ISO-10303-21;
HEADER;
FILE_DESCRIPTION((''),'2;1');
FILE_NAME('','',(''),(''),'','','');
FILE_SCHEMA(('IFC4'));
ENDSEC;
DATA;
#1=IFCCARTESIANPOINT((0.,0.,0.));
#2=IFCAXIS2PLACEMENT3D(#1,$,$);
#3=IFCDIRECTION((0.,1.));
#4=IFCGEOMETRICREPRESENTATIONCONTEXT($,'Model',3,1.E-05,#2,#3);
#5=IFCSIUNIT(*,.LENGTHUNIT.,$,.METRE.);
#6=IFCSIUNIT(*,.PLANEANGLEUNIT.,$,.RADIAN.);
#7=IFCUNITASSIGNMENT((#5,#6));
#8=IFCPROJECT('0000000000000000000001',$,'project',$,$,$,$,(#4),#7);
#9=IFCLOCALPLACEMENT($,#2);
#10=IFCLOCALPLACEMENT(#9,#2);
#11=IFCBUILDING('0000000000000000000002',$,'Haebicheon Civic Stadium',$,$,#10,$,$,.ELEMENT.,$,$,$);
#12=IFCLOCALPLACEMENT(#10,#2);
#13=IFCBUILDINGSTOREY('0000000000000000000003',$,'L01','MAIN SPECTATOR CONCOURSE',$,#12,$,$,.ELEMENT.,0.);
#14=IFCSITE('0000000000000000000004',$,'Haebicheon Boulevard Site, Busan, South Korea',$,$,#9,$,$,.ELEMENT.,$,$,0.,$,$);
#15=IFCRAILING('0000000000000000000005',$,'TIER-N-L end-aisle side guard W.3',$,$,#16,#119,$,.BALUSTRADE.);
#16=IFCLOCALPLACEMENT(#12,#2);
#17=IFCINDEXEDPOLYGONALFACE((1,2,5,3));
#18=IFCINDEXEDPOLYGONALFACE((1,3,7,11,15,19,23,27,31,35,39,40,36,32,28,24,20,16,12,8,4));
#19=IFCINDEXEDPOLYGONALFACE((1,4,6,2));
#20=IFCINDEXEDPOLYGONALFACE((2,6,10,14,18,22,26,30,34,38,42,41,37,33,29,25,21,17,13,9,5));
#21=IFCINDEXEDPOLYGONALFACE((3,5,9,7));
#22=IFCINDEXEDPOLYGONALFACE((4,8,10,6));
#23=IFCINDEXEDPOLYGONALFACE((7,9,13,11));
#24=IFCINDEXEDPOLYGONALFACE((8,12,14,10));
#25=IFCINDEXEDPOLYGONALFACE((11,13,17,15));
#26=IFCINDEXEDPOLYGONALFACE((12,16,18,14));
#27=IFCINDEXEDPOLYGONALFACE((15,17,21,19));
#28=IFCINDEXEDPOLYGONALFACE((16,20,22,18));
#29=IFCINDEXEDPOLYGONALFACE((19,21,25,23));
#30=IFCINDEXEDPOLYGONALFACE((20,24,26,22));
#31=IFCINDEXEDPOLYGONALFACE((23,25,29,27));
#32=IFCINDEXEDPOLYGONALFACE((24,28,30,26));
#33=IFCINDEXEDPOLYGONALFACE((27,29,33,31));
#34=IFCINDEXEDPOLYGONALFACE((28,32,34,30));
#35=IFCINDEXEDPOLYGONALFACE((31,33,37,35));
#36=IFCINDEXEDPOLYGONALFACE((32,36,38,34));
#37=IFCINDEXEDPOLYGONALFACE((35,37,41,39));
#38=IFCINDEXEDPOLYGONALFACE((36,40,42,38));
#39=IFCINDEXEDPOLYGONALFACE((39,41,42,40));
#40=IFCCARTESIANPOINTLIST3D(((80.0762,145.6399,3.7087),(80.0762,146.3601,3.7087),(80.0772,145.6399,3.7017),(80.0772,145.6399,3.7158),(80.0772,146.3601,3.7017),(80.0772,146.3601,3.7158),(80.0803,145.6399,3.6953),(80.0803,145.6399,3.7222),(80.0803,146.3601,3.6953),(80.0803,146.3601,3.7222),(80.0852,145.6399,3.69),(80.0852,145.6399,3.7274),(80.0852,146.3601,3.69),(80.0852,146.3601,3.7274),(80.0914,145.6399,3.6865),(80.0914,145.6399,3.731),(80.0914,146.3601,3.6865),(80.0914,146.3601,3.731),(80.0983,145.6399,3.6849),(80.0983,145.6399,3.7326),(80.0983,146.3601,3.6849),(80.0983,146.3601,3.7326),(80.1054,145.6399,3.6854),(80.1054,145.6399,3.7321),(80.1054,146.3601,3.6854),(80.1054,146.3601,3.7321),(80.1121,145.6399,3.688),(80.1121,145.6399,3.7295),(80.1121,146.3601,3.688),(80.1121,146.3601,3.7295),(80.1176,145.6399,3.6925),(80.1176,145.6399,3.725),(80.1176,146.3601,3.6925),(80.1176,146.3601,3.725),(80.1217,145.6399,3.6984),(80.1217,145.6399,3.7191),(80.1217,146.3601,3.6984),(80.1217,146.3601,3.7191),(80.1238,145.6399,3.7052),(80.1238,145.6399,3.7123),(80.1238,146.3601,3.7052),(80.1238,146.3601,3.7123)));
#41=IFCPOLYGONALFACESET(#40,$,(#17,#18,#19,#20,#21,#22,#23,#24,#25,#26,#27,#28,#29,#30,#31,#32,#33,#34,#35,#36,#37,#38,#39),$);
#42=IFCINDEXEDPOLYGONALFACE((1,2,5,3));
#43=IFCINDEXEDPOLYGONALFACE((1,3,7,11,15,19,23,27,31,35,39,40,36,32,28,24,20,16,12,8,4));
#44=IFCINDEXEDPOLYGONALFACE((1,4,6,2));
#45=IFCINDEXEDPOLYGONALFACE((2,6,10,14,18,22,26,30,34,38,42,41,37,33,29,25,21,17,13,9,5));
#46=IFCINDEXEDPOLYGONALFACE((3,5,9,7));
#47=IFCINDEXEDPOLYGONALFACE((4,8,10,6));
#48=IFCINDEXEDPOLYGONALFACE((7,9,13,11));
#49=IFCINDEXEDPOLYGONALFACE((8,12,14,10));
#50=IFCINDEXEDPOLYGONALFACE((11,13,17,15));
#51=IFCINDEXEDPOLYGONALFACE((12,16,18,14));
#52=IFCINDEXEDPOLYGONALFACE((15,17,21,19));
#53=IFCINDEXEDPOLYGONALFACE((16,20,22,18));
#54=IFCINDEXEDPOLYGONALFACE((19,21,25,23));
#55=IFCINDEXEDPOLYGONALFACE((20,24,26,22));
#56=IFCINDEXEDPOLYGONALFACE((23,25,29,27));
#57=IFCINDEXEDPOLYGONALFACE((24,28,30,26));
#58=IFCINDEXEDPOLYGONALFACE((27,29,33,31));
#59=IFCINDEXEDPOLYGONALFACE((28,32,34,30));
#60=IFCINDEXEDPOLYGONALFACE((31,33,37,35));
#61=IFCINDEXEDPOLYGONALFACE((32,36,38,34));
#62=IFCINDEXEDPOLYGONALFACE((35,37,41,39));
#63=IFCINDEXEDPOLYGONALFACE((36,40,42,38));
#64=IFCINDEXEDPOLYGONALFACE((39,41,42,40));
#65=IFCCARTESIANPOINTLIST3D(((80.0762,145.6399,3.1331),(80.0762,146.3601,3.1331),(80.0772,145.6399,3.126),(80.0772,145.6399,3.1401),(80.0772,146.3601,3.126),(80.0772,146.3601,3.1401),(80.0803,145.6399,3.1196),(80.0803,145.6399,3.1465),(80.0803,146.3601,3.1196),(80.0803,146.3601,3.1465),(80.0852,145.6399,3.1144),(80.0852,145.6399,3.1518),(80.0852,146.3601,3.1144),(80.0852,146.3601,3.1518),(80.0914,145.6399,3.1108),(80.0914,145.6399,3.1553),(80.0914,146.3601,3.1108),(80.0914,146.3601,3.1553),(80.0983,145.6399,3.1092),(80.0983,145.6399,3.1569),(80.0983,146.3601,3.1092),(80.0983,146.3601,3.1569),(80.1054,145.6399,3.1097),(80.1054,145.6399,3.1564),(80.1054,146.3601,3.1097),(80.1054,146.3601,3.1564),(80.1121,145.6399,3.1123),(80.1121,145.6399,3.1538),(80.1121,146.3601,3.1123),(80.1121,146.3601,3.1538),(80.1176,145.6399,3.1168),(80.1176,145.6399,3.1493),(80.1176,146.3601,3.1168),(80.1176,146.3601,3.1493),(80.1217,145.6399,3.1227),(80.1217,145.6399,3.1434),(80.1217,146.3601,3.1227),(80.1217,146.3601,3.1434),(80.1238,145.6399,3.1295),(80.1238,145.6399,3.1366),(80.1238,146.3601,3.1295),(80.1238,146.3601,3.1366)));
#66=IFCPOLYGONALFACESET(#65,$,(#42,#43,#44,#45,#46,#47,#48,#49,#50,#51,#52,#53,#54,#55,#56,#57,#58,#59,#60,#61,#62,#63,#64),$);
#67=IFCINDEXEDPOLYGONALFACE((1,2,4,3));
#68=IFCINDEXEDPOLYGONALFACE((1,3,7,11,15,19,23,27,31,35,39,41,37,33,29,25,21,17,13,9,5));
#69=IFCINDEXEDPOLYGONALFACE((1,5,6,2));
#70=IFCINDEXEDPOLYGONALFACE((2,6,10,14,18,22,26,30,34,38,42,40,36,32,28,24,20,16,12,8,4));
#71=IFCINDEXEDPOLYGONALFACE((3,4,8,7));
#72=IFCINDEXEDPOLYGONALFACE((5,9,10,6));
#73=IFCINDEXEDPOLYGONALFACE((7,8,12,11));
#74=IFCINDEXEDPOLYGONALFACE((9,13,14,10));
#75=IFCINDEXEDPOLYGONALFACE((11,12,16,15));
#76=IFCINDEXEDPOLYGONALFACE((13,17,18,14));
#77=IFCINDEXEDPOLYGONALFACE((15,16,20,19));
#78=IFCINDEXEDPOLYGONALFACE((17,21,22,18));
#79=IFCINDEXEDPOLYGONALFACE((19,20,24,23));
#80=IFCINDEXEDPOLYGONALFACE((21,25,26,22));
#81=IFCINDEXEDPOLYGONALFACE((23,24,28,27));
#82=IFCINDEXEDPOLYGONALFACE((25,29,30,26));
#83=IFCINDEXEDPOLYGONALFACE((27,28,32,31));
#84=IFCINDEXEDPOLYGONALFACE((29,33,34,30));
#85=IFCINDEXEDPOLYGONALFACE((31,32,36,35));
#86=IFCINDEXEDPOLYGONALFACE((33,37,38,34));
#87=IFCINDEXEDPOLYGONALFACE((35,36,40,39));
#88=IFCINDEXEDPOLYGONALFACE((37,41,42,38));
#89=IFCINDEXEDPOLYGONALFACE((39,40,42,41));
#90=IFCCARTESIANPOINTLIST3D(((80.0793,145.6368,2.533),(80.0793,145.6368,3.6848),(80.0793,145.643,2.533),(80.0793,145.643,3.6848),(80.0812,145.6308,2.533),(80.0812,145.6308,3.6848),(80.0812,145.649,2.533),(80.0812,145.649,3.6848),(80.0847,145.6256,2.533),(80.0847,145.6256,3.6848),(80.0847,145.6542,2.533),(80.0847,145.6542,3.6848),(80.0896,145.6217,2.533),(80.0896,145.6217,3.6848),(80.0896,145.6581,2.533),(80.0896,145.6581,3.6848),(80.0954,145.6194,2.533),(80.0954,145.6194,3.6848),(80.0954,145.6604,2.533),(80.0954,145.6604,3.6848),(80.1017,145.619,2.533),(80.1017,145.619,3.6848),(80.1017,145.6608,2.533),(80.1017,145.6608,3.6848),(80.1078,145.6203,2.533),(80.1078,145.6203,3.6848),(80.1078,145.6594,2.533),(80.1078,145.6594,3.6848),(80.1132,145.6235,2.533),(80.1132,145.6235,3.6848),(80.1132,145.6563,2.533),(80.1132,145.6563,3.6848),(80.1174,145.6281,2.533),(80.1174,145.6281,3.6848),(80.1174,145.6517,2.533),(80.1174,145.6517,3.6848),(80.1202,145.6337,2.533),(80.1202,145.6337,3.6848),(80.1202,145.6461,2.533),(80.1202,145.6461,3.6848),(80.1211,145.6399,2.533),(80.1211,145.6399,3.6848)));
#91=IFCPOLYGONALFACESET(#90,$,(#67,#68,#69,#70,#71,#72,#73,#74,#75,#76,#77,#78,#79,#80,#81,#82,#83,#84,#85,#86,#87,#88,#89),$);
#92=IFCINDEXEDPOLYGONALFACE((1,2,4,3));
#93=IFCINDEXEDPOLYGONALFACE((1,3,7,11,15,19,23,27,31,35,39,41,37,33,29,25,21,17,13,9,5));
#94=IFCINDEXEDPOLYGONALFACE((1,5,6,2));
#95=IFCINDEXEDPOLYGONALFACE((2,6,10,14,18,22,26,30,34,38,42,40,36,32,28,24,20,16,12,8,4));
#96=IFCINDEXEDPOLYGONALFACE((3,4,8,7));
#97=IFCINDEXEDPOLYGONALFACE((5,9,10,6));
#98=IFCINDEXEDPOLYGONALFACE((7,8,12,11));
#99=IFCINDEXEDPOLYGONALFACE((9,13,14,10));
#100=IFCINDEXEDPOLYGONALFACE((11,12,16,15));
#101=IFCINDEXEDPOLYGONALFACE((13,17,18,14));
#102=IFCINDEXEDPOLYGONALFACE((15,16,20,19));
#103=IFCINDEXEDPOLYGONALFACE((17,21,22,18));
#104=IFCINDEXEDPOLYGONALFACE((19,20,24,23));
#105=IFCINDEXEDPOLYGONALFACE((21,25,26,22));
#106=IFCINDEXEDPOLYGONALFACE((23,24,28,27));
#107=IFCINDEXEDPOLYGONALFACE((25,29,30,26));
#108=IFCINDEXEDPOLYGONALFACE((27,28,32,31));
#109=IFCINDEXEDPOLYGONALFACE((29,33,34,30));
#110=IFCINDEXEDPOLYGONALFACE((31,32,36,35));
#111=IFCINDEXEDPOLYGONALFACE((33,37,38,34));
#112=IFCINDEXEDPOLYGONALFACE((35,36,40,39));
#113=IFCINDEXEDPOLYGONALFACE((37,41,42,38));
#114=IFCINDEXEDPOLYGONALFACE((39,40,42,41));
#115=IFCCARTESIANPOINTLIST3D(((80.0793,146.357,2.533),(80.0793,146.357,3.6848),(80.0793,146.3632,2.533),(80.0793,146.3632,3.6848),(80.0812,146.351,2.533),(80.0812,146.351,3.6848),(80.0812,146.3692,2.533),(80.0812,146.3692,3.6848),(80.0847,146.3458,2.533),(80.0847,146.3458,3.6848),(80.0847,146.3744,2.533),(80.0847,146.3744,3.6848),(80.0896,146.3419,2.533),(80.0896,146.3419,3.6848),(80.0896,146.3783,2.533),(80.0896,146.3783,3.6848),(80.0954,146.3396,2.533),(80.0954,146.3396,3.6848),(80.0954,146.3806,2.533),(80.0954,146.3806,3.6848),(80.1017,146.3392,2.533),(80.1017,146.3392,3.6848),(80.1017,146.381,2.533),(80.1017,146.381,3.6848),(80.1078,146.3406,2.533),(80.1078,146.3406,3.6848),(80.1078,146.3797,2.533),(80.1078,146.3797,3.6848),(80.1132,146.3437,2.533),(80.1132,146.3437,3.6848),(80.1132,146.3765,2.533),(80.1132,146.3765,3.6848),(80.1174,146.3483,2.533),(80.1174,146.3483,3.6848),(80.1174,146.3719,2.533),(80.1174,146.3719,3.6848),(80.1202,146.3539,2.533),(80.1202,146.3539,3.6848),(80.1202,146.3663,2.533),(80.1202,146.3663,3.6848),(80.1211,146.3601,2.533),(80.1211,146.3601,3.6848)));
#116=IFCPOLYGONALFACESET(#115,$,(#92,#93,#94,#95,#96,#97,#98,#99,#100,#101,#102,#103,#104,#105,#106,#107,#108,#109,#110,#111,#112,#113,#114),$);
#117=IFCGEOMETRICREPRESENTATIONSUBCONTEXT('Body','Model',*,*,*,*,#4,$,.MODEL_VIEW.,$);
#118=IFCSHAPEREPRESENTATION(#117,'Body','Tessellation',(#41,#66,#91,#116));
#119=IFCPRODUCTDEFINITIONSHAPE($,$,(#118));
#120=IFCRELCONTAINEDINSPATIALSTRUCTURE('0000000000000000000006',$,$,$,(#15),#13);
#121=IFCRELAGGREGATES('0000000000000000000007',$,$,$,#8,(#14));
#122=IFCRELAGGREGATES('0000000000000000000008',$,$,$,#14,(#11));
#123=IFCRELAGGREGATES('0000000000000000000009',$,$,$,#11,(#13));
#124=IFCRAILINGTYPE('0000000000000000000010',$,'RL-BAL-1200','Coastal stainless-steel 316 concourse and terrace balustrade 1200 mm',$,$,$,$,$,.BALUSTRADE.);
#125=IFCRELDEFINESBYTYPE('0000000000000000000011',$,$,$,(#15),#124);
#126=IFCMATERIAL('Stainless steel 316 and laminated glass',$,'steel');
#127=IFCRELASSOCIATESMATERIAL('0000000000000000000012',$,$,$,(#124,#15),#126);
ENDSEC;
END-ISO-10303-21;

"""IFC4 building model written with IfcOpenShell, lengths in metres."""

from ifc_helpers import new_model, si_unit, direction, frame, origin, origin_2d, place, context, subcontext, project, spatial, circle, extrude, material, type_object, element, save


model = new_model("IFC4")

# Units and contexts
model_context = context("Model", 3, precision=1e-05, world=origin(), true_north=direction((0.0, 1.0)))
body_context = subcontext(model_context, "Body", "Model", "MODEL_VIEW")
ifc_project = project(units=[si_unit("LENGTHUNIT", "METRE"), si_unit("PLANEANGLEUNIT", "RADIAN")], contexts=[model_context])

# Site, building, storey
site_placement = place(None, origin())
site = spatial("IfcSite", under=ifc_project, at=site_placement, Name="Haebicheon Boulevard Site, Busan, South Korea", CompositionType="ELEMENT", RefElevation=0.0)
building_placement = place(site_placement, origin())
building = spatial("IfcBuilding", under=site, at=building_placement, Name="Haebicheon Civic Stadium", CompositionType="ELEMENT")
storey_placement = place(building_placement, origin())
storey = spatial("IfcBuildingStorey", under=building, at=storey_placement, Name="L01", Description="MAIN SPECTATOR CONCOURSE", CompositionType="ELEMENT", Elevation=0.0)

# Railing
ifc_material_1 = material(Name="Stainless steel 316 and laminated glass", Category="steel")
railing_type_1 = type_object("IfcRailingType", Name="RL-BAL-1200", Description="Coastal stainless-steel 316 concourse and terrace balustrade 1200 mm", PredefinedType="BALUSTRADE", material=ifc_material_1)
railing_1_placement = place(storey_placement, frame((80.1001, 145.6399, 2.533)))
element("IfcRailing", 1, at=railing_1_placement, inside=storey, type_object=railing_type_1, material=ifc_material_1, Name="TIER-N-L end-aisle side guard W.3", PredefinedType="BALUSTRADE", context=body_context, shape_type="SweptSolid", body=[
    extrude(circle(Radius=0.0239, at=origin_2d()), frame((0.0, 0.0, 1.1758), z_axis=(0.0, 1.0, 0.0), x_axis=(-1.0, 0.0, 0.0)), (0.0, 0.0, 1.0), 0.7202),
    extrude(circle(Radius=0.0239, at=origin_2d()), frame((0.0, 0.0, 0.6001), z_axis=(0.0, 1.0, 0.0), x_axis=(-1.0, 0.0, 0.0)), (0.0, 0.0, 1.0), 0.7202),
    extrude(circle(Radius=0.021, at=origin_2d()), origin(), (0.0, 0.0, 1.0), 1.1519),
    extrude(circle(Radius=0.021, at=origin_2d()), frame((0.0, 0.7202, 0.0)), (0.0, 0.0, 1.0), 1.1519),
])

save(model, "model.ifc")
